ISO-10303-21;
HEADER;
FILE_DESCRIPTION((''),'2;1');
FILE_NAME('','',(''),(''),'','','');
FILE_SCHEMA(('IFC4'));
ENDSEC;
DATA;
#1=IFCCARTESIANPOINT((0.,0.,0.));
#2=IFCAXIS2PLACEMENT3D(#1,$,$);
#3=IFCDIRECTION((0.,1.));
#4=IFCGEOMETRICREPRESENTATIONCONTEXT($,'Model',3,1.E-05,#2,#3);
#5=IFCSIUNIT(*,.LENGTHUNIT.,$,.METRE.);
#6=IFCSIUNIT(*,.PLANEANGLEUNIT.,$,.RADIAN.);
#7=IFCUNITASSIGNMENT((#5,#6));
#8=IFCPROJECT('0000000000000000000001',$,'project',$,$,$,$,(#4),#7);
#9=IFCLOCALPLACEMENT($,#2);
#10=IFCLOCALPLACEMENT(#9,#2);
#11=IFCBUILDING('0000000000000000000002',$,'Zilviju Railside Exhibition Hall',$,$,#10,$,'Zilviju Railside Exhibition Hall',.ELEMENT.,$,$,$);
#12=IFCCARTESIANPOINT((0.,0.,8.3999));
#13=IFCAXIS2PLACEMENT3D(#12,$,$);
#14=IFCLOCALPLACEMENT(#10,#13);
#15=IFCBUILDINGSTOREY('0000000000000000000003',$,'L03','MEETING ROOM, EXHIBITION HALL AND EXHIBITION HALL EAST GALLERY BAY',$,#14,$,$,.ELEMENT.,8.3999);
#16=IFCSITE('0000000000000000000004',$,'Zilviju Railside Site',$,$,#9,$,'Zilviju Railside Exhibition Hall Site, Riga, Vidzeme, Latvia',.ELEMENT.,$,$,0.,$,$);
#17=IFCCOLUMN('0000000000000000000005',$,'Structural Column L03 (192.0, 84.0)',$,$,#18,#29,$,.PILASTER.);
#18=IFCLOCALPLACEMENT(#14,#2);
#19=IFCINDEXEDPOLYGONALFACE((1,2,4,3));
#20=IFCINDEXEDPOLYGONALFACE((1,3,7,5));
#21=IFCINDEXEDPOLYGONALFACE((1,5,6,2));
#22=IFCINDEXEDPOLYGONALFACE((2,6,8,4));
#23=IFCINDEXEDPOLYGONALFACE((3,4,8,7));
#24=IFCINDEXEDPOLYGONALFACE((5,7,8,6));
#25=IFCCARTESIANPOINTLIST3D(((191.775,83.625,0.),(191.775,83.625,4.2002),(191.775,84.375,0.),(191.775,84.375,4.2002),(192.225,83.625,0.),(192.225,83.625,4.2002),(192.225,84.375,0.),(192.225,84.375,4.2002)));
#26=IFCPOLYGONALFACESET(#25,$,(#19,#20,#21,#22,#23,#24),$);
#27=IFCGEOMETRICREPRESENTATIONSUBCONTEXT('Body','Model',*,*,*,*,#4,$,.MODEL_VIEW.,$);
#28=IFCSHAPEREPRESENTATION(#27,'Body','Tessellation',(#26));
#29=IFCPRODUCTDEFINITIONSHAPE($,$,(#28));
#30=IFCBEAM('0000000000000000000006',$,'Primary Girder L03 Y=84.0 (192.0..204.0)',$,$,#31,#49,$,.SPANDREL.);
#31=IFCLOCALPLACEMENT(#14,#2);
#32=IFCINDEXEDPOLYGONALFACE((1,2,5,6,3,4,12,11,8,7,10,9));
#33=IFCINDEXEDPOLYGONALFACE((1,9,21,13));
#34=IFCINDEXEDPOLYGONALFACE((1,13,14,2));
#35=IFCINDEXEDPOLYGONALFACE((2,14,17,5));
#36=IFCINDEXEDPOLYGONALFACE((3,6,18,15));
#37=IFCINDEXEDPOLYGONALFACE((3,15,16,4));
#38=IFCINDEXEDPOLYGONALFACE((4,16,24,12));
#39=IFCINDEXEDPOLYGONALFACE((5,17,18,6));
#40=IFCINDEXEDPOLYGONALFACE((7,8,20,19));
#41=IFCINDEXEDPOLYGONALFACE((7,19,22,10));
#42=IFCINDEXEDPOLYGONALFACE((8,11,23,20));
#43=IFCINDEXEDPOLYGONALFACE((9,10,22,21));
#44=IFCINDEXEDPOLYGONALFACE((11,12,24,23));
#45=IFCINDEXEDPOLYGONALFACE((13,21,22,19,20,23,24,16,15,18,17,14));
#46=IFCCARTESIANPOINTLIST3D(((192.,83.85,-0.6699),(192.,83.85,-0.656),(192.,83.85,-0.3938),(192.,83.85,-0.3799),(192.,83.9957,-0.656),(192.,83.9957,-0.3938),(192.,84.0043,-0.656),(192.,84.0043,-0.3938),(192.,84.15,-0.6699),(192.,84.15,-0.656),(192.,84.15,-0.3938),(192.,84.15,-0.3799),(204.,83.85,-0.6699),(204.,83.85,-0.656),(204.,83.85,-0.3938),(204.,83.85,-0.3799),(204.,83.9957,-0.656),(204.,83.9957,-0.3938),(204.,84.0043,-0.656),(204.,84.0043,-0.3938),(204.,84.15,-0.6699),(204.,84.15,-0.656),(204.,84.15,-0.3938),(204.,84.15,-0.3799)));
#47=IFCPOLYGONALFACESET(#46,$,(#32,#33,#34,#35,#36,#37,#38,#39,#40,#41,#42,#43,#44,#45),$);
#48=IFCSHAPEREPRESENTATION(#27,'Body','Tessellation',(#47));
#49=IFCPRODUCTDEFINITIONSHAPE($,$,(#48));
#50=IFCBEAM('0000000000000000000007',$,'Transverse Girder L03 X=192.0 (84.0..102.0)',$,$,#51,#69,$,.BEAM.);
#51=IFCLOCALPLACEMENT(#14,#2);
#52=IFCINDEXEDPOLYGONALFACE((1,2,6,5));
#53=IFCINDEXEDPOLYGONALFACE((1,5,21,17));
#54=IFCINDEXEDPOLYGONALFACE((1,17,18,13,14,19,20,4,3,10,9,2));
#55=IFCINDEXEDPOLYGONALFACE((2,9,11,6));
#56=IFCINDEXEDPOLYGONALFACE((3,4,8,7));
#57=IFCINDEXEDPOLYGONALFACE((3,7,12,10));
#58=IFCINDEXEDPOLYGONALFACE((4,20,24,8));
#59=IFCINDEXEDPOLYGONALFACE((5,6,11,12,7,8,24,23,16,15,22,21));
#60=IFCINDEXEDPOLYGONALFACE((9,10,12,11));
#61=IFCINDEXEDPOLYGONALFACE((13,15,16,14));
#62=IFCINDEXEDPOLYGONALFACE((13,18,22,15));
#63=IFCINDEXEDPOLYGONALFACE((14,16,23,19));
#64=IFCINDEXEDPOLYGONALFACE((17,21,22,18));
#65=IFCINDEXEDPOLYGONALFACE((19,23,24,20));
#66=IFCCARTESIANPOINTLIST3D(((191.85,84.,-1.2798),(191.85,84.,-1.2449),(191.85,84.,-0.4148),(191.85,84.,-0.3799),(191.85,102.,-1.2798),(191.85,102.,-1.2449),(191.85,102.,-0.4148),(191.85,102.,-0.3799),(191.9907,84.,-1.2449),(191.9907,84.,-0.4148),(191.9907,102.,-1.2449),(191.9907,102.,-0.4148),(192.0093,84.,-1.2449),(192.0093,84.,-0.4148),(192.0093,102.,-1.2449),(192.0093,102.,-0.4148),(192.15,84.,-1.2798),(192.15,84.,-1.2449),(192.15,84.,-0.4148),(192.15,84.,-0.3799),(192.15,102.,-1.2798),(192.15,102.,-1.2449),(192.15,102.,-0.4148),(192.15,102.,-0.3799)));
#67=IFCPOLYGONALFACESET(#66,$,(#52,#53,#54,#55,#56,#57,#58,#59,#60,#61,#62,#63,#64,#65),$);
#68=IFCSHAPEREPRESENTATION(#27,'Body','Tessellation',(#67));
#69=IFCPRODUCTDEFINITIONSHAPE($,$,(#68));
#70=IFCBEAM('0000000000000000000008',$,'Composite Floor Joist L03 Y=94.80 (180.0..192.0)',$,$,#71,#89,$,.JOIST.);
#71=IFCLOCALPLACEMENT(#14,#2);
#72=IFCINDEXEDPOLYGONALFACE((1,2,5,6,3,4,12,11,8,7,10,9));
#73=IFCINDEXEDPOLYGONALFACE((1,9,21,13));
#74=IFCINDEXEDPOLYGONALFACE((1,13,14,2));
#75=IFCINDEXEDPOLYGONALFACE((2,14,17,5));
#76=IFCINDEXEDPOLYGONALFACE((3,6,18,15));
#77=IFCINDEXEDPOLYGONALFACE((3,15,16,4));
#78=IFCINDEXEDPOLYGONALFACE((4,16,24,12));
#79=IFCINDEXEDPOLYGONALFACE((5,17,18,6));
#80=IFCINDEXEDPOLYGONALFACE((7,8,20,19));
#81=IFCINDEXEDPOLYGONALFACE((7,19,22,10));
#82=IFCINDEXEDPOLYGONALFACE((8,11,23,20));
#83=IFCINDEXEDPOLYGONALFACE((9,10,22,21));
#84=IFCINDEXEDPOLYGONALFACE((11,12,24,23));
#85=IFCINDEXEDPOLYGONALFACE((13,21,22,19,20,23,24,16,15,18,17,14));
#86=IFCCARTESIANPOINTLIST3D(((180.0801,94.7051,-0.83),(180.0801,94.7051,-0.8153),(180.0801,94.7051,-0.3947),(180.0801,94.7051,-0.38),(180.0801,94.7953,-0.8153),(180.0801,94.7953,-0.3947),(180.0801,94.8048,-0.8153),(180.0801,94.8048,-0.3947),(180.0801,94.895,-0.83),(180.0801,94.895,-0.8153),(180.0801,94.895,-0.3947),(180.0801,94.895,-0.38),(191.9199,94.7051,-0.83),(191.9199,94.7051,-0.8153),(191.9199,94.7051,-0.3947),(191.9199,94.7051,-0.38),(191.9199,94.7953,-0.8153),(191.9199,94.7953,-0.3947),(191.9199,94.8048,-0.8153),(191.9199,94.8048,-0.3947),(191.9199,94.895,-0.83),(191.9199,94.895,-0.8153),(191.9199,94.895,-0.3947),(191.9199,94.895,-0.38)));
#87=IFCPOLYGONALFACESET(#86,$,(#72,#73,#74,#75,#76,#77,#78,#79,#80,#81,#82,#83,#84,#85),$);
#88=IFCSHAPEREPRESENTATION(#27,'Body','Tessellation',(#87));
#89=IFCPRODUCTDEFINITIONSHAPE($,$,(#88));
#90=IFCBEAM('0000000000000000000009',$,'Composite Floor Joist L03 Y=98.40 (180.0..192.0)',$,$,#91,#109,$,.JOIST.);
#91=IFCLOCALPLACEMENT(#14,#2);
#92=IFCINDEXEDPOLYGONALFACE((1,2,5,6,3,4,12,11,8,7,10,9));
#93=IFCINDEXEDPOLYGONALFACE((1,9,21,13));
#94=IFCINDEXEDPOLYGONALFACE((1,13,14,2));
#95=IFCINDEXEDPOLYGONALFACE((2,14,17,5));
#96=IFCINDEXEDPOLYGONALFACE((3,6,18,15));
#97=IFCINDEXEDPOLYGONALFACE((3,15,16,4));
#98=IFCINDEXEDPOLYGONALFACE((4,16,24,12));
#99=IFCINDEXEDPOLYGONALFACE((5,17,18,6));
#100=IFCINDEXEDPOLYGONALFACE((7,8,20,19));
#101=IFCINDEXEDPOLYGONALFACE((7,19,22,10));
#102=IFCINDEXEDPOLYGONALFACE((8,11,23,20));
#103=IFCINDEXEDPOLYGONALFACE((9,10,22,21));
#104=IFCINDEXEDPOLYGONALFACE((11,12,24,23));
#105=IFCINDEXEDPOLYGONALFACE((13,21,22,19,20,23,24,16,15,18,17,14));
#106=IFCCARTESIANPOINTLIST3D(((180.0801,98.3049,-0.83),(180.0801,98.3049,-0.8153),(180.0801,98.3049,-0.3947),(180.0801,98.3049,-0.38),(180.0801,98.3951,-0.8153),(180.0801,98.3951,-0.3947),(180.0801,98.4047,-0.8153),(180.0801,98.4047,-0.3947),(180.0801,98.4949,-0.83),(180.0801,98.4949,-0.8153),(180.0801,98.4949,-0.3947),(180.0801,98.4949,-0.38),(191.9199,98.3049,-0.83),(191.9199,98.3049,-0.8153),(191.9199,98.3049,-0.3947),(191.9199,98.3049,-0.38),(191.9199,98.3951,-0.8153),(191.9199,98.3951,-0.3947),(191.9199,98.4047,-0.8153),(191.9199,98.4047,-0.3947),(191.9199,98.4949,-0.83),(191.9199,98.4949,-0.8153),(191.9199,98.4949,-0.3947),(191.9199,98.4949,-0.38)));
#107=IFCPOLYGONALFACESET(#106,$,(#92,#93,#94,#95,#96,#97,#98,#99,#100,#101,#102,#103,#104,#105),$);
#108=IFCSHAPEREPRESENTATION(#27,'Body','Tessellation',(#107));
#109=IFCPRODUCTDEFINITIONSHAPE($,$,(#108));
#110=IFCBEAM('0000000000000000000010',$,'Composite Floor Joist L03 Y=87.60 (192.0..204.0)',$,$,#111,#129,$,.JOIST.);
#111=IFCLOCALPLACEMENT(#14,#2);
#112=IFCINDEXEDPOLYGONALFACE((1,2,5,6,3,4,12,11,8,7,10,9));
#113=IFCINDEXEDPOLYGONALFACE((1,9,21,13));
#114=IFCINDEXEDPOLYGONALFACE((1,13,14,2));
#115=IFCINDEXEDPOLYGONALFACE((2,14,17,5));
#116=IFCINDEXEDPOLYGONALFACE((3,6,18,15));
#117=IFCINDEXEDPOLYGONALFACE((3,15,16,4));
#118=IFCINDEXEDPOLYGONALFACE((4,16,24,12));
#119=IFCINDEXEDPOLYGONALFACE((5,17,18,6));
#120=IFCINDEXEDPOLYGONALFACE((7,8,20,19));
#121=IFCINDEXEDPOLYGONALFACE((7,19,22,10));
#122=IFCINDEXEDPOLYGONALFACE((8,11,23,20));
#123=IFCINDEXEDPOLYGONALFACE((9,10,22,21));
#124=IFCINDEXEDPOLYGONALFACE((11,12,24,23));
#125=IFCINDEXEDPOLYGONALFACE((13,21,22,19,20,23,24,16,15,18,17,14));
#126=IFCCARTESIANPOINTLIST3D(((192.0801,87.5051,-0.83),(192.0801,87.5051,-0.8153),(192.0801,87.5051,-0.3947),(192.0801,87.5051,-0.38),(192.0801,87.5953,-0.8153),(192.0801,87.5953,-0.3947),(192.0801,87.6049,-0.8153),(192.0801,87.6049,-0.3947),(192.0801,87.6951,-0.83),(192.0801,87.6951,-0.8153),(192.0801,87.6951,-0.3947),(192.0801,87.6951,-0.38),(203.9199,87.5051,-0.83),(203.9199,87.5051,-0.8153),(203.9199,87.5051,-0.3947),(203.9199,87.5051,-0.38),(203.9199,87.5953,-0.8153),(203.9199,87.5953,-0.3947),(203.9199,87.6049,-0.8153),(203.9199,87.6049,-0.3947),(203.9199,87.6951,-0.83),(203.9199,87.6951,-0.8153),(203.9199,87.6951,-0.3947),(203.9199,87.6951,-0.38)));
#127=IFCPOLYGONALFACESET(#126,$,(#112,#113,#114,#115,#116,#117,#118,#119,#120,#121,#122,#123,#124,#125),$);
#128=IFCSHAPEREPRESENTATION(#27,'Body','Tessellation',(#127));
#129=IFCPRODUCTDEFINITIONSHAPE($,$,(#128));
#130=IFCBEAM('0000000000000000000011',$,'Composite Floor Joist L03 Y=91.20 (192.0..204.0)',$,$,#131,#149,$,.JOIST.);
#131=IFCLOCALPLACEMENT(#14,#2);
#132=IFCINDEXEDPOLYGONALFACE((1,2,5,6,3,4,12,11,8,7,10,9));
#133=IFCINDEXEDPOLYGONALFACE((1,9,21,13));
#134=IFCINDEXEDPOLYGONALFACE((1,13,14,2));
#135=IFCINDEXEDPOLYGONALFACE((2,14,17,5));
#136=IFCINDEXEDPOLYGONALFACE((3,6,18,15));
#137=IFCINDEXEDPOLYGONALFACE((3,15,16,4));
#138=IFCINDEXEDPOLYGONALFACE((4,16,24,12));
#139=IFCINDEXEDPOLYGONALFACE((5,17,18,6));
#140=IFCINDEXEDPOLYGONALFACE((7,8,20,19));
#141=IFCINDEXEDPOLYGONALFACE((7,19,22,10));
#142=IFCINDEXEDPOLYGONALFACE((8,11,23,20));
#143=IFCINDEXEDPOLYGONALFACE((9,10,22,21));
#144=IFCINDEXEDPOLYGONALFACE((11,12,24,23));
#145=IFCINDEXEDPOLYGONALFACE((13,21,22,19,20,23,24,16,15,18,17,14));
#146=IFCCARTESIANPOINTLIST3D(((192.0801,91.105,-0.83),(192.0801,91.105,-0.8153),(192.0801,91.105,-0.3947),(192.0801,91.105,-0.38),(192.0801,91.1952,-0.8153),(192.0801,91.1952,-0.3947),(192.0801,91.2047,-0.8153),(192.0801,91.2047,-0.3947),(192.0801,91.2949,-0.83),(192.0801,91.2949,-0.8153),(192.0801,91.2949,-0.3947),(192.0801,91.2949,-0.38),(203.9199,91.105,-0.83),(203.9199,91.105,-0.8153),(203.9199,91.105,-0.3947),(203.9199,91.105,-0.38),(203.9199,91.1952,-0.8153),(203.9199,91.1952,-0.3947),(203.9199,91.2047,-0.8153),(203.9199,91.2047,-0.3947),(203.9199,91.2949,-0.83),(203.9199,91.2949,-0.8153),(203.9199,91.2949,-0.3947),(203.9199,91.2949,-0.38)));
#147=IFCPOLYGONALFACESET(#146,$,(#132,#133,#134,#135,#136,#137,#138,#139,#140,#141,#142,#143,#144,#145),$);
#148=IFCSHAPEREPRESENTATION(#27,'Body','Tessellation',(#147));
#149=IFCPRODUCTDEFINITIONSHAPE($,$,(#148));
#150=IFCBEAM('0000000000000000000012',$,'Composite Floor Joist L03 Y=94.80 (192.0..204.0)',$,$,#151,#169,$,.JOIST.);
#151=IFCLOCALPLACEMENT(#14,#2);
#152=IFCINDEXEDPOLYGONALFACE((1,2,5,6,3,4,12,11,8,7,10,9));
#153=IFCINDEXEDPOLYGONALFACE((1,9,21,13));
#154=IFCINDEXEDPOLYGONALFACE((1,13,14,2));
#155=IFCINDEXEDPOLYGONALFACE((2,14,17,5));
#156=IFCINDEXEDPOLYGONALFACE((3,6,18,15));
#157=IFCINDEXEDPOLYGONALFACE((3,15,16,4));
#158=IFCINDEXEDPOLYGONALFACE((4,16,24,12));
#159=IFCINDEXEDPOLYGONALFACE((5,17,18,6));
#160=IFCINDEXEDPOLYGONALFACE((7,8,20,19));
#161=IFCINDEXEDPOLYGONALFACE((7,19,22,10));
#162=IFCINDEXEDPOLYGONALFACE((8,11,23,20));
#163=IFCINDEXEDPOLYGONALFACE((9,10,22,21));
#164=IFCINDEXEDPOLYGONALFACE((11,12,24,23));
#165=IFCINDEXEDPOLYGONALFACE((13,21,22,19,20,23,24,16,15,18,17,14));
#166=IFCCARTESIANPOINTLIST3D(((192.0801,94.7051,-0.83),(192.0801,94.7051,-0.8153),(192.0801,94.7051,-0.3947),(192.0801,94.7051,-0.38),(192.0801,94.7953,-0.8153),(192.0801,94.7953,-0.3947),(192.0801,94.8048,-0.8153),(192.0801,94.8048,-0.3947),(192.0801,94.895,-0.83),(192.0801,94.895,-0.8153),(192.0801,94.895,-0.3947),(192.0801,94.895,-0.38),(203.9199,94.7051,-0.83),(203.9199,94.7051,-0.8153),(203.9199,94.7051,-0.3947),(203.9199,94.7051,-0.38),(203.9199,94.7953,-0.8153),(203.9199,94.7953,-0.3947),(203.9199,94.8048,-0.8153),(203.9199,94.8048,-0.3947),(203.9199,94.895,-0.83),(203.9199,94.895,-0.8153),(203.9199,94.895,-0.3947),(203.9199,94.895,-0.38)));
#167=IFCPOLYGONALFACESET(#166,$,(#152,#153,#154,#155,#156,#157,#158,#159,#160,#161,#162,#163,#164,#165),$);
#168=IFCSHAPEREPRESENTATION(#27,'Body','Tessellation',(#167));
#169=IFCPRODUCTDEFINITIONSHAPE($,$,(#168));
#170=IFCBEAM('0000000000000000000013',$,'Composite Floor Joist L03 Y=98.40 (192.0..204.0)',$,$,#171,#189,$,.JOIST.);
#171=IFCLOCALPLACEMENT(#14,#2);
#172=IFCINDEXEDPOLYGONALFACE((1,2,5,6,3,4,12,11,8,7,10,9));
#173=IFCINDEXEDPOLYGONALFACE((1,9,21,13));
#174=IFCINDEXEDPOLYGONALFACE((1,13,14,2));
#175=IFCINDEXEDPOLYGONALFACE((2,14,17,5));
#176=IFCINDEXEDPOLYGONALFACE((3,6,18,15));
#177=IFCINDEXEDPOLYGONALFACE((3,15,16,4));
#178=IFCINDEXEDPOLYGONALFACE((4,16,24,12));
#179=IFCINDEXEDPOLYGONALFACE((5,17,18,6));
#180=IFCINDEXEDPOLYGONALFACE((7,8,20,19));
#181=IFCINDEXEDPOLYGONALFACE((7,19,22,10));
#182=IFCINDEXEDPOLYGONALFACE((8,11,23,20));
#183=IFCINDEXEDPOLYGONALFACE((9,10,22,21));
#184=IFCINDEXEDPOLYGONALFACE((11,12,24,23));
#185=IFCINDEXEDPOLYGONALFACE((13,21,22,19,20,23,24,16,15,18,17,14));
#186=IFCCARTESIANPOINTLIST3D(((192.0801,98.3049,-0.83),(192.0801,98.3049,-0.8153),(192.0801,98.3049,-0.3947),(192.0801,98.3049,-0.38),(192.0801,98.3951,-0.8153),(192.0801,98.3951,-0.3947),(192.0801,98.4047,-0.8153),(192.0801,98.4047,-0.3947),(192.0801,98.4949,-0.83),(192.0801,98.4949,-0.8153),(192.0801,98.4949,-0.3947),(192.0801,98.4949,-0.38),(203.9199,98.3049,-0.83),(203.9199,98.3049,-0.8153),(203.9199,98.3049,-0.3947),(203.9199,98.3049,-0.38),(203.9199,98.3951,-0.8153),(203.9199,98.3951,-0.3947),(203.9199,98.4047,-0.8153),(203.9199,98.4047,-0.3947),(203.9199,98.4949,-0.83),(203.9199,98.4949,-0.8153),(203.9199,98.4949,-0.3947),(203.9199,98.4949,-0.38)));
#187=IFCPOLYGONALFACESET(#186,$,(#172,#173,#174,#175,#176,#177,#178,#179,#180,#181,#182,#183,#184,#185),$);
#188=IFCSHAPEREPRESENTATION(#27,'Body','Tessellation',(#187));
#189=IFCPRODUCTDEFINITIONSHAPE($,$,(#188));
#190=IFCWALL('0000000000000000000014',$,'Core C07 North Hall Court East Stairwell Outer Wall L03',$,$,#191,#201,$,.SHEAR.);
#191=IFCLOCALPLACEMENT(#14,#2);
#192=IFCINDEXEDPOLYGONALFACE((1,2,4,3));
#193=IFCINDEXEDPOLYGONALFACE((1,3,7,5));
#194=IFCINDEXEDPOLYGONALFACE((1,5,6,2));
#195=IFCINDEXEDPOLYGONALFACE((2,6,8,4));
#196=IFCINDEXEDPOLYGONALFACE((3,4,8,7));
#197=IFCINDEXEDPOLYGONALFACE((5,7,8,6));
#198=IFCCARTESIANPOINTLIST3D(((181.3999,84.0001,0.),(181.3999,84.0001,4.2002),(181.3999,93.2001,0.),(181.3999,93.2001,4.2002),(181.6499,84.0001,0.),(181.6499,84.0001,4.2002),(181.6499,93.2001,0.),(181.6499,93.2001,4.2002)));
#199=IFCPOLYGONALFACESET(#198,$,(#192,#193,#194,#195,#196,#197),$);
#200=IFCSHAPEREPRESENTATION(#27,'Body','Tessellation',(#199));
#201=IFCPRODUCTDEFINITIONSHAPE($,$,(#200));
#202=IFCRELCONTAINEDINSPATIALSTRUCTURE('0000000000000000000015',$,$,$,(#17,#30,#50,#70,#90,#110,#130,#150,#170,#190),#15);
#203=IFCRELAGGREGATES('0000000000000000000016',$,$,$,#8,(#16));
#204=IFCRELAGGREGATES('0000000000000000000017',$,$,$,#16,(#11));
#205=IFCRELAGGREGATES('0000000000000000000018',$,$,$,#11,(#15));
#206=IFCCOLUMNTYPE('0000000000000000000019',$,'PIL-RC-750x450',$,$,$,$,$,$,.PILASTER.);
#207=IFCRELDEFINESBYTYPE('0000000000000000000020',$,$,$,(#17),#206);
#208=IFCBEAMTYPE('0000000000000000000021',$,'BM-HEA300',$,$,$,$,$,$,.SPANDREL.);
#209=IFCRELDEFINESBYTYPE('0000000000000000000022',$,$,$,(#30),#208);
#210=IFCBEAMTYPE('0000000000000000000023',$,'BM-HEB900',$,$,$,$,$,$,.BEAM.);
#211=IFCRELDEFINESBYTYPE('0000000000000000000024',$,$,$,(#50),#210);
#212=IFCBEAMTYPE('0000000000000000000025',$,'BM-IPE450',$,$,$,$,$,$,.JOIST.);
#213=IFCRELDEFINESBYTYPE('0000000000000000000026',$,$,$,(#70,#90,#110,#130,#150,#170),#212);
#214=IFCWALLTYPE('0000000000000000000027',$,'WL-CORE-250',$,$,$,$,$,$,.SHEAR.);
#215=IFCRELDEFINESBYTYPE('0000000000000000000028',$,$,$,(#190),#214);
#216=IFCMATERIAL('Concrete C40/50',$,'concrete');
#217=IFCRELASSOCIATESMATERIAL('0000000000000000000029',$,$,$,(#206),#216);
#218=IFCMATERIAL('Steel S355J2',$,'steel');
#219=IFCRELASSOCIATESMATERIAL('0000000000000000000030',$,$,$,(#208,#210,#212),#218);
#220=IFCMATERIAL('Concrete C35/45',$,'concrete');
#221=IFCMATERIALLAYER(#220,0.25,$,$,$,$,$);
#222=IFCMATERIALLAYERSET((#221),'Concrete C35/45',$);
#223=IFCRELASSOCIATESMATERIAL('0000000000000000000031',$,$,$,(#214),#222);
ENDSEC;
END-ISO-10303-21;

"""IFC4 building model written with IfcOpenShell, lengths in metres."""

from ifc_helpers import new_model, si_unit, direction, frame, frame_2d, origin, origin_2d, place, context, subcontext, project, spatial, rectangle, i_section, extrude, material, layer, layer_set, material_profile, profile_set, type_object, element, save


model = new_model("IFC4")

# Units and contexts
model_context = context("Model", 3, precision=1e-05, world=origin(), true_north=direction((0.0, 1.0)))
body_context = subcontext(model_context, "Body", "Model", "MODEL_VIEW")
ifc_project = project(units=[si_unit("LENGTHUNIT", "METRE"), si_unit("PLANEANGLEUNIT", "RADIAN")], contexts=[model_context])

# Site, building, storey
site_placement = place(None, origin())
site = spatial("IfcSite", under=ifc_project, at=site_placement, Name="Zilviju Railside Site", LongName="Zilviju Railside Exhibition Hall Site, Riga, Vidzeme, Latvia", CompositionType="ELEMENT", RefElevation=0.0)
building_placement = place(site_placement, origin())
building = spatial("IfcBuilding", under=site, at=building_placement, Name="Zilviju Railside Exhibition Hall", LongName="Zilviju Railside Exhibition Hall", CompositionType="ELEMENT")
storey_placement = place(building_placement, frame((0.0, 0.0, 8.3999)))
storey = spatial("IfcBuildingStorey", under=building, at=storey_placement, Name="L03", Description="MEETING ROOM, EXHIBITION HALL AND EXHIBITION HALL EAST GALLERY BAY", CompositionType="ELEMENT", Elevation=8.3999)

# Column
ifc_material_1 = material(Name="Concrete C40/50", Category="concrete")
ifc_material_profile_1 = material_profile(ifc_material_1, rectangle(XDim=0.45, YDim=0.75, at=origin_2d()), Name="RC COL 450x750")
ifc_profile_set_1 = profile_set([ifc_material_profile_1], Name="Concrete C40/50")
column_type = type_object("IfcColumnType", Name="PIL-RC-750x450", PredefinedType="PILASTER", material=ifc_profile_set_1)
column_placement = place(storey_placement, frame((192.0, 84.0, 0.0), z_axis=(0.0, 0.0, 1.0), x_axis=(1.0, 0.0, 0.0)))
element("IfcColumn", 1, at=column_placement, inside=storey, type_object=column_type, Name="Structural Column L03 (192.0, 84.0)", PredefinedType="PILASTER", context=body_context, shape_type="SweptSolid", body=[
    extrude(rectangle(XDim=0.45, YDim=0.75, at=origin_2d()), origin(), (0.0, 0.0, 1.0), 4.2002),
])

# Beams
ifc_material_2 = material(Name="Steel S355J2", Category="steel")
ifc_material_profile_2 = material_profile(ifc_material_2, i_section(OverallWidth=0.3, OverallDepth=0.29, WebThickness=0.0085, FlangeThickness=0.0139, at=origin_2d()), Name="HEA 300")
ifc_profile_set_2 = profile_set([ifc_material_profile_2], Name="Steel S355J2")
beam_type_1 = type_object("IfcBeamType", Name="BM-HEA300", PredefinedType="SPANDREL", material=ifc_profile_set_2)
beam_1_placement = place(storey_placement, frame((192.0, 84.0, -0.5249), z_axis=(1.0, 0.0, 0.0), x_axis=(0.0, 1.0, 0.0)))
element("IfcBeam", 2, at=beam_1_placement, inside=storey, type_object=beam_type_1, Name="Primary Girder L03 Y=84.0 (192.0..204.0)", PredefinedType="SPANDREL", context=body_context, shape_type="SweptSolid", body=[
    extrude(i_section(OverallWidth=0.3, OverallDepth=0.29, WebThickness=0.0085, FlangeThickness=0.0139, at=origin_2d()), origin(), (0.0, 0.0, 1.0), 12.0),
])
ifc_material_profile_3 = material_profile(ifc_material_2, i_section(OverallWidth=0.3, OverallDepth=0.8999, WebThickness=0.0186, FlangeThickness=0.0349, at=origin_2d()), Name="HEB 900")
ifc_profile_set_3 = profile_set([ifc_material_profile_3], Name="Steel S355J2")
beam_type_2 = type_object("IfcBeamType", Name="BM-HEB900", PredefinedType="BEAM", material=ifc_profile_set_3)
beam_2_placement = place(storey_placement, frame((192.0, 84.0, -0.8298), z_axis=(0.0, 1.0, 0.0), x_axis=(-1.0, 0.0, 0.0)))
element("IfcBeam", 3, at=beam_2_placement, inside=storey, type_object=beam_type_2, Name="Transverse Girder L03 X=192.0 (84.0..102.0)", PredefinedType="BEAM", context=body_context, shape_type="SweptSolid", body=[
    extrude(i_section(OverallWidth=0.3, OverallDepth=0.8999, WebThickness=0.0186, FlangeThickness=0.0349, at=origin_2d()), origin(), (0.0, 0.0, 1.0), 18.0),
])
ifc_material_profile_4 = material_profile(ifc_material_2, i_section(OverallWidth=0.1899, OverallDepth=0.45, WebThickness=0.0095, FlangeThickness=0.0146, at=origin_2d()), Name="IPE 450")
ifc_profile_set_4 = profile_set([ifc_material_profile_4], Name="Steel S355J2")
beam_type_3 = type_object("IfcBeamType", Name="BM-IPE450", PredefinedType="JOIST", material=ifc_profile_set_4)
for number, where, z_axis, x_axis, name in (
    (4, (180.0801, 94.8, -0.605), (1.0, 0.0, 0.0), (0.0, 1.0, 0.0), "Composite Floor Joist L03 Y=94.80 (180.0..192.0)"),
    (5, (180.0801, 98.3999, -0.605), (1.0, 0.0, 0.0), (0.0, 1.0, 0.0), "Composite Floor Joist L03 Y=98.40 (180.0..192.0)"),
    (6, (192.0801, 87.6001, -0.605), (1.0, 0.0, 0.0), (0.0, 1.0, 0.0), "Composite Floor Joist L03 Y=87.60 (192.0..204.0)"),
    (7, (192.0801, 91.2, -0.605), (1.0, 0.0, 0.0), (0.0, 1.0, 0.0), "Composite Floor Joist L03 Y=91.20 (192.0..204.0)"),
    (8, (192.0801, 94.8, -0.605), (1.0, 0.0, 0.0), (0.0, 1.0, 0.0), "Composite Floor Joist L03 Y=94.80 (192.0..204.0)"),
    (9, (192.0801, 98.3999, -0.605), (1.0, 0.0, 0.0), (0.0, 1.0, 0.0), "Composite Floor Joist L03 Y=98.40 (192.0..204.0)"),
):
    element("IfcBeam", number, at=place(storey_placement, frame(where, z_axis=z_axis, x_axis=x_axis)), inside=storey, type_object=beam_type_3, Name=name, PredefinedType="JOIST", context=body_context, shape_type="SweptSolid", body=[
        extrude(i_section(OverallWidth=0.1899, OverallDepth=0.45, WebThickness=0.0095, FlangeThickness=0.0146, at=origin_2d()), origin(), (0.0, 0.0, 1.0), 11.8398),
    ])

# Wall
ifc_material_3 = material(Name="Concrete C35/45", Category="concrete")
ifc_layer_1 = layer(ifc_material_3, 0.25)
ifc_layer_set_1 = layer_set([ifc_layer_1], Name="Concrete C35/45")
wall_type_1 = type_object("IfcWallType", Name="WL-CORE-250", PredefinedType="SHEAR", material=ifc_layer_set_1)
wall_1_placement = place(storey_placement, frame((181.5249, 84.0, 0.0), z_axis=(0.0, 0.0, 1.0), x_axis=(0.0, 1.0, 0.0)))
element("IfcWall", 10, at=wall_1_placement, inside=storey, type_object=wall_type_1, Name="Core C07 North Hall Court East Stairwell Outer Wall L03", PredefinedType="SHEAR", context=body_context, shape_type="SweptSolid", body=[
    extrude(rectangle(XDim=9.2, YDim=0.25, at=frame_2d((4.6001, 0.0))), origin(), (0.0, 0.0, 1.0), 4.2002),
])

save(model, "model.ifc")
